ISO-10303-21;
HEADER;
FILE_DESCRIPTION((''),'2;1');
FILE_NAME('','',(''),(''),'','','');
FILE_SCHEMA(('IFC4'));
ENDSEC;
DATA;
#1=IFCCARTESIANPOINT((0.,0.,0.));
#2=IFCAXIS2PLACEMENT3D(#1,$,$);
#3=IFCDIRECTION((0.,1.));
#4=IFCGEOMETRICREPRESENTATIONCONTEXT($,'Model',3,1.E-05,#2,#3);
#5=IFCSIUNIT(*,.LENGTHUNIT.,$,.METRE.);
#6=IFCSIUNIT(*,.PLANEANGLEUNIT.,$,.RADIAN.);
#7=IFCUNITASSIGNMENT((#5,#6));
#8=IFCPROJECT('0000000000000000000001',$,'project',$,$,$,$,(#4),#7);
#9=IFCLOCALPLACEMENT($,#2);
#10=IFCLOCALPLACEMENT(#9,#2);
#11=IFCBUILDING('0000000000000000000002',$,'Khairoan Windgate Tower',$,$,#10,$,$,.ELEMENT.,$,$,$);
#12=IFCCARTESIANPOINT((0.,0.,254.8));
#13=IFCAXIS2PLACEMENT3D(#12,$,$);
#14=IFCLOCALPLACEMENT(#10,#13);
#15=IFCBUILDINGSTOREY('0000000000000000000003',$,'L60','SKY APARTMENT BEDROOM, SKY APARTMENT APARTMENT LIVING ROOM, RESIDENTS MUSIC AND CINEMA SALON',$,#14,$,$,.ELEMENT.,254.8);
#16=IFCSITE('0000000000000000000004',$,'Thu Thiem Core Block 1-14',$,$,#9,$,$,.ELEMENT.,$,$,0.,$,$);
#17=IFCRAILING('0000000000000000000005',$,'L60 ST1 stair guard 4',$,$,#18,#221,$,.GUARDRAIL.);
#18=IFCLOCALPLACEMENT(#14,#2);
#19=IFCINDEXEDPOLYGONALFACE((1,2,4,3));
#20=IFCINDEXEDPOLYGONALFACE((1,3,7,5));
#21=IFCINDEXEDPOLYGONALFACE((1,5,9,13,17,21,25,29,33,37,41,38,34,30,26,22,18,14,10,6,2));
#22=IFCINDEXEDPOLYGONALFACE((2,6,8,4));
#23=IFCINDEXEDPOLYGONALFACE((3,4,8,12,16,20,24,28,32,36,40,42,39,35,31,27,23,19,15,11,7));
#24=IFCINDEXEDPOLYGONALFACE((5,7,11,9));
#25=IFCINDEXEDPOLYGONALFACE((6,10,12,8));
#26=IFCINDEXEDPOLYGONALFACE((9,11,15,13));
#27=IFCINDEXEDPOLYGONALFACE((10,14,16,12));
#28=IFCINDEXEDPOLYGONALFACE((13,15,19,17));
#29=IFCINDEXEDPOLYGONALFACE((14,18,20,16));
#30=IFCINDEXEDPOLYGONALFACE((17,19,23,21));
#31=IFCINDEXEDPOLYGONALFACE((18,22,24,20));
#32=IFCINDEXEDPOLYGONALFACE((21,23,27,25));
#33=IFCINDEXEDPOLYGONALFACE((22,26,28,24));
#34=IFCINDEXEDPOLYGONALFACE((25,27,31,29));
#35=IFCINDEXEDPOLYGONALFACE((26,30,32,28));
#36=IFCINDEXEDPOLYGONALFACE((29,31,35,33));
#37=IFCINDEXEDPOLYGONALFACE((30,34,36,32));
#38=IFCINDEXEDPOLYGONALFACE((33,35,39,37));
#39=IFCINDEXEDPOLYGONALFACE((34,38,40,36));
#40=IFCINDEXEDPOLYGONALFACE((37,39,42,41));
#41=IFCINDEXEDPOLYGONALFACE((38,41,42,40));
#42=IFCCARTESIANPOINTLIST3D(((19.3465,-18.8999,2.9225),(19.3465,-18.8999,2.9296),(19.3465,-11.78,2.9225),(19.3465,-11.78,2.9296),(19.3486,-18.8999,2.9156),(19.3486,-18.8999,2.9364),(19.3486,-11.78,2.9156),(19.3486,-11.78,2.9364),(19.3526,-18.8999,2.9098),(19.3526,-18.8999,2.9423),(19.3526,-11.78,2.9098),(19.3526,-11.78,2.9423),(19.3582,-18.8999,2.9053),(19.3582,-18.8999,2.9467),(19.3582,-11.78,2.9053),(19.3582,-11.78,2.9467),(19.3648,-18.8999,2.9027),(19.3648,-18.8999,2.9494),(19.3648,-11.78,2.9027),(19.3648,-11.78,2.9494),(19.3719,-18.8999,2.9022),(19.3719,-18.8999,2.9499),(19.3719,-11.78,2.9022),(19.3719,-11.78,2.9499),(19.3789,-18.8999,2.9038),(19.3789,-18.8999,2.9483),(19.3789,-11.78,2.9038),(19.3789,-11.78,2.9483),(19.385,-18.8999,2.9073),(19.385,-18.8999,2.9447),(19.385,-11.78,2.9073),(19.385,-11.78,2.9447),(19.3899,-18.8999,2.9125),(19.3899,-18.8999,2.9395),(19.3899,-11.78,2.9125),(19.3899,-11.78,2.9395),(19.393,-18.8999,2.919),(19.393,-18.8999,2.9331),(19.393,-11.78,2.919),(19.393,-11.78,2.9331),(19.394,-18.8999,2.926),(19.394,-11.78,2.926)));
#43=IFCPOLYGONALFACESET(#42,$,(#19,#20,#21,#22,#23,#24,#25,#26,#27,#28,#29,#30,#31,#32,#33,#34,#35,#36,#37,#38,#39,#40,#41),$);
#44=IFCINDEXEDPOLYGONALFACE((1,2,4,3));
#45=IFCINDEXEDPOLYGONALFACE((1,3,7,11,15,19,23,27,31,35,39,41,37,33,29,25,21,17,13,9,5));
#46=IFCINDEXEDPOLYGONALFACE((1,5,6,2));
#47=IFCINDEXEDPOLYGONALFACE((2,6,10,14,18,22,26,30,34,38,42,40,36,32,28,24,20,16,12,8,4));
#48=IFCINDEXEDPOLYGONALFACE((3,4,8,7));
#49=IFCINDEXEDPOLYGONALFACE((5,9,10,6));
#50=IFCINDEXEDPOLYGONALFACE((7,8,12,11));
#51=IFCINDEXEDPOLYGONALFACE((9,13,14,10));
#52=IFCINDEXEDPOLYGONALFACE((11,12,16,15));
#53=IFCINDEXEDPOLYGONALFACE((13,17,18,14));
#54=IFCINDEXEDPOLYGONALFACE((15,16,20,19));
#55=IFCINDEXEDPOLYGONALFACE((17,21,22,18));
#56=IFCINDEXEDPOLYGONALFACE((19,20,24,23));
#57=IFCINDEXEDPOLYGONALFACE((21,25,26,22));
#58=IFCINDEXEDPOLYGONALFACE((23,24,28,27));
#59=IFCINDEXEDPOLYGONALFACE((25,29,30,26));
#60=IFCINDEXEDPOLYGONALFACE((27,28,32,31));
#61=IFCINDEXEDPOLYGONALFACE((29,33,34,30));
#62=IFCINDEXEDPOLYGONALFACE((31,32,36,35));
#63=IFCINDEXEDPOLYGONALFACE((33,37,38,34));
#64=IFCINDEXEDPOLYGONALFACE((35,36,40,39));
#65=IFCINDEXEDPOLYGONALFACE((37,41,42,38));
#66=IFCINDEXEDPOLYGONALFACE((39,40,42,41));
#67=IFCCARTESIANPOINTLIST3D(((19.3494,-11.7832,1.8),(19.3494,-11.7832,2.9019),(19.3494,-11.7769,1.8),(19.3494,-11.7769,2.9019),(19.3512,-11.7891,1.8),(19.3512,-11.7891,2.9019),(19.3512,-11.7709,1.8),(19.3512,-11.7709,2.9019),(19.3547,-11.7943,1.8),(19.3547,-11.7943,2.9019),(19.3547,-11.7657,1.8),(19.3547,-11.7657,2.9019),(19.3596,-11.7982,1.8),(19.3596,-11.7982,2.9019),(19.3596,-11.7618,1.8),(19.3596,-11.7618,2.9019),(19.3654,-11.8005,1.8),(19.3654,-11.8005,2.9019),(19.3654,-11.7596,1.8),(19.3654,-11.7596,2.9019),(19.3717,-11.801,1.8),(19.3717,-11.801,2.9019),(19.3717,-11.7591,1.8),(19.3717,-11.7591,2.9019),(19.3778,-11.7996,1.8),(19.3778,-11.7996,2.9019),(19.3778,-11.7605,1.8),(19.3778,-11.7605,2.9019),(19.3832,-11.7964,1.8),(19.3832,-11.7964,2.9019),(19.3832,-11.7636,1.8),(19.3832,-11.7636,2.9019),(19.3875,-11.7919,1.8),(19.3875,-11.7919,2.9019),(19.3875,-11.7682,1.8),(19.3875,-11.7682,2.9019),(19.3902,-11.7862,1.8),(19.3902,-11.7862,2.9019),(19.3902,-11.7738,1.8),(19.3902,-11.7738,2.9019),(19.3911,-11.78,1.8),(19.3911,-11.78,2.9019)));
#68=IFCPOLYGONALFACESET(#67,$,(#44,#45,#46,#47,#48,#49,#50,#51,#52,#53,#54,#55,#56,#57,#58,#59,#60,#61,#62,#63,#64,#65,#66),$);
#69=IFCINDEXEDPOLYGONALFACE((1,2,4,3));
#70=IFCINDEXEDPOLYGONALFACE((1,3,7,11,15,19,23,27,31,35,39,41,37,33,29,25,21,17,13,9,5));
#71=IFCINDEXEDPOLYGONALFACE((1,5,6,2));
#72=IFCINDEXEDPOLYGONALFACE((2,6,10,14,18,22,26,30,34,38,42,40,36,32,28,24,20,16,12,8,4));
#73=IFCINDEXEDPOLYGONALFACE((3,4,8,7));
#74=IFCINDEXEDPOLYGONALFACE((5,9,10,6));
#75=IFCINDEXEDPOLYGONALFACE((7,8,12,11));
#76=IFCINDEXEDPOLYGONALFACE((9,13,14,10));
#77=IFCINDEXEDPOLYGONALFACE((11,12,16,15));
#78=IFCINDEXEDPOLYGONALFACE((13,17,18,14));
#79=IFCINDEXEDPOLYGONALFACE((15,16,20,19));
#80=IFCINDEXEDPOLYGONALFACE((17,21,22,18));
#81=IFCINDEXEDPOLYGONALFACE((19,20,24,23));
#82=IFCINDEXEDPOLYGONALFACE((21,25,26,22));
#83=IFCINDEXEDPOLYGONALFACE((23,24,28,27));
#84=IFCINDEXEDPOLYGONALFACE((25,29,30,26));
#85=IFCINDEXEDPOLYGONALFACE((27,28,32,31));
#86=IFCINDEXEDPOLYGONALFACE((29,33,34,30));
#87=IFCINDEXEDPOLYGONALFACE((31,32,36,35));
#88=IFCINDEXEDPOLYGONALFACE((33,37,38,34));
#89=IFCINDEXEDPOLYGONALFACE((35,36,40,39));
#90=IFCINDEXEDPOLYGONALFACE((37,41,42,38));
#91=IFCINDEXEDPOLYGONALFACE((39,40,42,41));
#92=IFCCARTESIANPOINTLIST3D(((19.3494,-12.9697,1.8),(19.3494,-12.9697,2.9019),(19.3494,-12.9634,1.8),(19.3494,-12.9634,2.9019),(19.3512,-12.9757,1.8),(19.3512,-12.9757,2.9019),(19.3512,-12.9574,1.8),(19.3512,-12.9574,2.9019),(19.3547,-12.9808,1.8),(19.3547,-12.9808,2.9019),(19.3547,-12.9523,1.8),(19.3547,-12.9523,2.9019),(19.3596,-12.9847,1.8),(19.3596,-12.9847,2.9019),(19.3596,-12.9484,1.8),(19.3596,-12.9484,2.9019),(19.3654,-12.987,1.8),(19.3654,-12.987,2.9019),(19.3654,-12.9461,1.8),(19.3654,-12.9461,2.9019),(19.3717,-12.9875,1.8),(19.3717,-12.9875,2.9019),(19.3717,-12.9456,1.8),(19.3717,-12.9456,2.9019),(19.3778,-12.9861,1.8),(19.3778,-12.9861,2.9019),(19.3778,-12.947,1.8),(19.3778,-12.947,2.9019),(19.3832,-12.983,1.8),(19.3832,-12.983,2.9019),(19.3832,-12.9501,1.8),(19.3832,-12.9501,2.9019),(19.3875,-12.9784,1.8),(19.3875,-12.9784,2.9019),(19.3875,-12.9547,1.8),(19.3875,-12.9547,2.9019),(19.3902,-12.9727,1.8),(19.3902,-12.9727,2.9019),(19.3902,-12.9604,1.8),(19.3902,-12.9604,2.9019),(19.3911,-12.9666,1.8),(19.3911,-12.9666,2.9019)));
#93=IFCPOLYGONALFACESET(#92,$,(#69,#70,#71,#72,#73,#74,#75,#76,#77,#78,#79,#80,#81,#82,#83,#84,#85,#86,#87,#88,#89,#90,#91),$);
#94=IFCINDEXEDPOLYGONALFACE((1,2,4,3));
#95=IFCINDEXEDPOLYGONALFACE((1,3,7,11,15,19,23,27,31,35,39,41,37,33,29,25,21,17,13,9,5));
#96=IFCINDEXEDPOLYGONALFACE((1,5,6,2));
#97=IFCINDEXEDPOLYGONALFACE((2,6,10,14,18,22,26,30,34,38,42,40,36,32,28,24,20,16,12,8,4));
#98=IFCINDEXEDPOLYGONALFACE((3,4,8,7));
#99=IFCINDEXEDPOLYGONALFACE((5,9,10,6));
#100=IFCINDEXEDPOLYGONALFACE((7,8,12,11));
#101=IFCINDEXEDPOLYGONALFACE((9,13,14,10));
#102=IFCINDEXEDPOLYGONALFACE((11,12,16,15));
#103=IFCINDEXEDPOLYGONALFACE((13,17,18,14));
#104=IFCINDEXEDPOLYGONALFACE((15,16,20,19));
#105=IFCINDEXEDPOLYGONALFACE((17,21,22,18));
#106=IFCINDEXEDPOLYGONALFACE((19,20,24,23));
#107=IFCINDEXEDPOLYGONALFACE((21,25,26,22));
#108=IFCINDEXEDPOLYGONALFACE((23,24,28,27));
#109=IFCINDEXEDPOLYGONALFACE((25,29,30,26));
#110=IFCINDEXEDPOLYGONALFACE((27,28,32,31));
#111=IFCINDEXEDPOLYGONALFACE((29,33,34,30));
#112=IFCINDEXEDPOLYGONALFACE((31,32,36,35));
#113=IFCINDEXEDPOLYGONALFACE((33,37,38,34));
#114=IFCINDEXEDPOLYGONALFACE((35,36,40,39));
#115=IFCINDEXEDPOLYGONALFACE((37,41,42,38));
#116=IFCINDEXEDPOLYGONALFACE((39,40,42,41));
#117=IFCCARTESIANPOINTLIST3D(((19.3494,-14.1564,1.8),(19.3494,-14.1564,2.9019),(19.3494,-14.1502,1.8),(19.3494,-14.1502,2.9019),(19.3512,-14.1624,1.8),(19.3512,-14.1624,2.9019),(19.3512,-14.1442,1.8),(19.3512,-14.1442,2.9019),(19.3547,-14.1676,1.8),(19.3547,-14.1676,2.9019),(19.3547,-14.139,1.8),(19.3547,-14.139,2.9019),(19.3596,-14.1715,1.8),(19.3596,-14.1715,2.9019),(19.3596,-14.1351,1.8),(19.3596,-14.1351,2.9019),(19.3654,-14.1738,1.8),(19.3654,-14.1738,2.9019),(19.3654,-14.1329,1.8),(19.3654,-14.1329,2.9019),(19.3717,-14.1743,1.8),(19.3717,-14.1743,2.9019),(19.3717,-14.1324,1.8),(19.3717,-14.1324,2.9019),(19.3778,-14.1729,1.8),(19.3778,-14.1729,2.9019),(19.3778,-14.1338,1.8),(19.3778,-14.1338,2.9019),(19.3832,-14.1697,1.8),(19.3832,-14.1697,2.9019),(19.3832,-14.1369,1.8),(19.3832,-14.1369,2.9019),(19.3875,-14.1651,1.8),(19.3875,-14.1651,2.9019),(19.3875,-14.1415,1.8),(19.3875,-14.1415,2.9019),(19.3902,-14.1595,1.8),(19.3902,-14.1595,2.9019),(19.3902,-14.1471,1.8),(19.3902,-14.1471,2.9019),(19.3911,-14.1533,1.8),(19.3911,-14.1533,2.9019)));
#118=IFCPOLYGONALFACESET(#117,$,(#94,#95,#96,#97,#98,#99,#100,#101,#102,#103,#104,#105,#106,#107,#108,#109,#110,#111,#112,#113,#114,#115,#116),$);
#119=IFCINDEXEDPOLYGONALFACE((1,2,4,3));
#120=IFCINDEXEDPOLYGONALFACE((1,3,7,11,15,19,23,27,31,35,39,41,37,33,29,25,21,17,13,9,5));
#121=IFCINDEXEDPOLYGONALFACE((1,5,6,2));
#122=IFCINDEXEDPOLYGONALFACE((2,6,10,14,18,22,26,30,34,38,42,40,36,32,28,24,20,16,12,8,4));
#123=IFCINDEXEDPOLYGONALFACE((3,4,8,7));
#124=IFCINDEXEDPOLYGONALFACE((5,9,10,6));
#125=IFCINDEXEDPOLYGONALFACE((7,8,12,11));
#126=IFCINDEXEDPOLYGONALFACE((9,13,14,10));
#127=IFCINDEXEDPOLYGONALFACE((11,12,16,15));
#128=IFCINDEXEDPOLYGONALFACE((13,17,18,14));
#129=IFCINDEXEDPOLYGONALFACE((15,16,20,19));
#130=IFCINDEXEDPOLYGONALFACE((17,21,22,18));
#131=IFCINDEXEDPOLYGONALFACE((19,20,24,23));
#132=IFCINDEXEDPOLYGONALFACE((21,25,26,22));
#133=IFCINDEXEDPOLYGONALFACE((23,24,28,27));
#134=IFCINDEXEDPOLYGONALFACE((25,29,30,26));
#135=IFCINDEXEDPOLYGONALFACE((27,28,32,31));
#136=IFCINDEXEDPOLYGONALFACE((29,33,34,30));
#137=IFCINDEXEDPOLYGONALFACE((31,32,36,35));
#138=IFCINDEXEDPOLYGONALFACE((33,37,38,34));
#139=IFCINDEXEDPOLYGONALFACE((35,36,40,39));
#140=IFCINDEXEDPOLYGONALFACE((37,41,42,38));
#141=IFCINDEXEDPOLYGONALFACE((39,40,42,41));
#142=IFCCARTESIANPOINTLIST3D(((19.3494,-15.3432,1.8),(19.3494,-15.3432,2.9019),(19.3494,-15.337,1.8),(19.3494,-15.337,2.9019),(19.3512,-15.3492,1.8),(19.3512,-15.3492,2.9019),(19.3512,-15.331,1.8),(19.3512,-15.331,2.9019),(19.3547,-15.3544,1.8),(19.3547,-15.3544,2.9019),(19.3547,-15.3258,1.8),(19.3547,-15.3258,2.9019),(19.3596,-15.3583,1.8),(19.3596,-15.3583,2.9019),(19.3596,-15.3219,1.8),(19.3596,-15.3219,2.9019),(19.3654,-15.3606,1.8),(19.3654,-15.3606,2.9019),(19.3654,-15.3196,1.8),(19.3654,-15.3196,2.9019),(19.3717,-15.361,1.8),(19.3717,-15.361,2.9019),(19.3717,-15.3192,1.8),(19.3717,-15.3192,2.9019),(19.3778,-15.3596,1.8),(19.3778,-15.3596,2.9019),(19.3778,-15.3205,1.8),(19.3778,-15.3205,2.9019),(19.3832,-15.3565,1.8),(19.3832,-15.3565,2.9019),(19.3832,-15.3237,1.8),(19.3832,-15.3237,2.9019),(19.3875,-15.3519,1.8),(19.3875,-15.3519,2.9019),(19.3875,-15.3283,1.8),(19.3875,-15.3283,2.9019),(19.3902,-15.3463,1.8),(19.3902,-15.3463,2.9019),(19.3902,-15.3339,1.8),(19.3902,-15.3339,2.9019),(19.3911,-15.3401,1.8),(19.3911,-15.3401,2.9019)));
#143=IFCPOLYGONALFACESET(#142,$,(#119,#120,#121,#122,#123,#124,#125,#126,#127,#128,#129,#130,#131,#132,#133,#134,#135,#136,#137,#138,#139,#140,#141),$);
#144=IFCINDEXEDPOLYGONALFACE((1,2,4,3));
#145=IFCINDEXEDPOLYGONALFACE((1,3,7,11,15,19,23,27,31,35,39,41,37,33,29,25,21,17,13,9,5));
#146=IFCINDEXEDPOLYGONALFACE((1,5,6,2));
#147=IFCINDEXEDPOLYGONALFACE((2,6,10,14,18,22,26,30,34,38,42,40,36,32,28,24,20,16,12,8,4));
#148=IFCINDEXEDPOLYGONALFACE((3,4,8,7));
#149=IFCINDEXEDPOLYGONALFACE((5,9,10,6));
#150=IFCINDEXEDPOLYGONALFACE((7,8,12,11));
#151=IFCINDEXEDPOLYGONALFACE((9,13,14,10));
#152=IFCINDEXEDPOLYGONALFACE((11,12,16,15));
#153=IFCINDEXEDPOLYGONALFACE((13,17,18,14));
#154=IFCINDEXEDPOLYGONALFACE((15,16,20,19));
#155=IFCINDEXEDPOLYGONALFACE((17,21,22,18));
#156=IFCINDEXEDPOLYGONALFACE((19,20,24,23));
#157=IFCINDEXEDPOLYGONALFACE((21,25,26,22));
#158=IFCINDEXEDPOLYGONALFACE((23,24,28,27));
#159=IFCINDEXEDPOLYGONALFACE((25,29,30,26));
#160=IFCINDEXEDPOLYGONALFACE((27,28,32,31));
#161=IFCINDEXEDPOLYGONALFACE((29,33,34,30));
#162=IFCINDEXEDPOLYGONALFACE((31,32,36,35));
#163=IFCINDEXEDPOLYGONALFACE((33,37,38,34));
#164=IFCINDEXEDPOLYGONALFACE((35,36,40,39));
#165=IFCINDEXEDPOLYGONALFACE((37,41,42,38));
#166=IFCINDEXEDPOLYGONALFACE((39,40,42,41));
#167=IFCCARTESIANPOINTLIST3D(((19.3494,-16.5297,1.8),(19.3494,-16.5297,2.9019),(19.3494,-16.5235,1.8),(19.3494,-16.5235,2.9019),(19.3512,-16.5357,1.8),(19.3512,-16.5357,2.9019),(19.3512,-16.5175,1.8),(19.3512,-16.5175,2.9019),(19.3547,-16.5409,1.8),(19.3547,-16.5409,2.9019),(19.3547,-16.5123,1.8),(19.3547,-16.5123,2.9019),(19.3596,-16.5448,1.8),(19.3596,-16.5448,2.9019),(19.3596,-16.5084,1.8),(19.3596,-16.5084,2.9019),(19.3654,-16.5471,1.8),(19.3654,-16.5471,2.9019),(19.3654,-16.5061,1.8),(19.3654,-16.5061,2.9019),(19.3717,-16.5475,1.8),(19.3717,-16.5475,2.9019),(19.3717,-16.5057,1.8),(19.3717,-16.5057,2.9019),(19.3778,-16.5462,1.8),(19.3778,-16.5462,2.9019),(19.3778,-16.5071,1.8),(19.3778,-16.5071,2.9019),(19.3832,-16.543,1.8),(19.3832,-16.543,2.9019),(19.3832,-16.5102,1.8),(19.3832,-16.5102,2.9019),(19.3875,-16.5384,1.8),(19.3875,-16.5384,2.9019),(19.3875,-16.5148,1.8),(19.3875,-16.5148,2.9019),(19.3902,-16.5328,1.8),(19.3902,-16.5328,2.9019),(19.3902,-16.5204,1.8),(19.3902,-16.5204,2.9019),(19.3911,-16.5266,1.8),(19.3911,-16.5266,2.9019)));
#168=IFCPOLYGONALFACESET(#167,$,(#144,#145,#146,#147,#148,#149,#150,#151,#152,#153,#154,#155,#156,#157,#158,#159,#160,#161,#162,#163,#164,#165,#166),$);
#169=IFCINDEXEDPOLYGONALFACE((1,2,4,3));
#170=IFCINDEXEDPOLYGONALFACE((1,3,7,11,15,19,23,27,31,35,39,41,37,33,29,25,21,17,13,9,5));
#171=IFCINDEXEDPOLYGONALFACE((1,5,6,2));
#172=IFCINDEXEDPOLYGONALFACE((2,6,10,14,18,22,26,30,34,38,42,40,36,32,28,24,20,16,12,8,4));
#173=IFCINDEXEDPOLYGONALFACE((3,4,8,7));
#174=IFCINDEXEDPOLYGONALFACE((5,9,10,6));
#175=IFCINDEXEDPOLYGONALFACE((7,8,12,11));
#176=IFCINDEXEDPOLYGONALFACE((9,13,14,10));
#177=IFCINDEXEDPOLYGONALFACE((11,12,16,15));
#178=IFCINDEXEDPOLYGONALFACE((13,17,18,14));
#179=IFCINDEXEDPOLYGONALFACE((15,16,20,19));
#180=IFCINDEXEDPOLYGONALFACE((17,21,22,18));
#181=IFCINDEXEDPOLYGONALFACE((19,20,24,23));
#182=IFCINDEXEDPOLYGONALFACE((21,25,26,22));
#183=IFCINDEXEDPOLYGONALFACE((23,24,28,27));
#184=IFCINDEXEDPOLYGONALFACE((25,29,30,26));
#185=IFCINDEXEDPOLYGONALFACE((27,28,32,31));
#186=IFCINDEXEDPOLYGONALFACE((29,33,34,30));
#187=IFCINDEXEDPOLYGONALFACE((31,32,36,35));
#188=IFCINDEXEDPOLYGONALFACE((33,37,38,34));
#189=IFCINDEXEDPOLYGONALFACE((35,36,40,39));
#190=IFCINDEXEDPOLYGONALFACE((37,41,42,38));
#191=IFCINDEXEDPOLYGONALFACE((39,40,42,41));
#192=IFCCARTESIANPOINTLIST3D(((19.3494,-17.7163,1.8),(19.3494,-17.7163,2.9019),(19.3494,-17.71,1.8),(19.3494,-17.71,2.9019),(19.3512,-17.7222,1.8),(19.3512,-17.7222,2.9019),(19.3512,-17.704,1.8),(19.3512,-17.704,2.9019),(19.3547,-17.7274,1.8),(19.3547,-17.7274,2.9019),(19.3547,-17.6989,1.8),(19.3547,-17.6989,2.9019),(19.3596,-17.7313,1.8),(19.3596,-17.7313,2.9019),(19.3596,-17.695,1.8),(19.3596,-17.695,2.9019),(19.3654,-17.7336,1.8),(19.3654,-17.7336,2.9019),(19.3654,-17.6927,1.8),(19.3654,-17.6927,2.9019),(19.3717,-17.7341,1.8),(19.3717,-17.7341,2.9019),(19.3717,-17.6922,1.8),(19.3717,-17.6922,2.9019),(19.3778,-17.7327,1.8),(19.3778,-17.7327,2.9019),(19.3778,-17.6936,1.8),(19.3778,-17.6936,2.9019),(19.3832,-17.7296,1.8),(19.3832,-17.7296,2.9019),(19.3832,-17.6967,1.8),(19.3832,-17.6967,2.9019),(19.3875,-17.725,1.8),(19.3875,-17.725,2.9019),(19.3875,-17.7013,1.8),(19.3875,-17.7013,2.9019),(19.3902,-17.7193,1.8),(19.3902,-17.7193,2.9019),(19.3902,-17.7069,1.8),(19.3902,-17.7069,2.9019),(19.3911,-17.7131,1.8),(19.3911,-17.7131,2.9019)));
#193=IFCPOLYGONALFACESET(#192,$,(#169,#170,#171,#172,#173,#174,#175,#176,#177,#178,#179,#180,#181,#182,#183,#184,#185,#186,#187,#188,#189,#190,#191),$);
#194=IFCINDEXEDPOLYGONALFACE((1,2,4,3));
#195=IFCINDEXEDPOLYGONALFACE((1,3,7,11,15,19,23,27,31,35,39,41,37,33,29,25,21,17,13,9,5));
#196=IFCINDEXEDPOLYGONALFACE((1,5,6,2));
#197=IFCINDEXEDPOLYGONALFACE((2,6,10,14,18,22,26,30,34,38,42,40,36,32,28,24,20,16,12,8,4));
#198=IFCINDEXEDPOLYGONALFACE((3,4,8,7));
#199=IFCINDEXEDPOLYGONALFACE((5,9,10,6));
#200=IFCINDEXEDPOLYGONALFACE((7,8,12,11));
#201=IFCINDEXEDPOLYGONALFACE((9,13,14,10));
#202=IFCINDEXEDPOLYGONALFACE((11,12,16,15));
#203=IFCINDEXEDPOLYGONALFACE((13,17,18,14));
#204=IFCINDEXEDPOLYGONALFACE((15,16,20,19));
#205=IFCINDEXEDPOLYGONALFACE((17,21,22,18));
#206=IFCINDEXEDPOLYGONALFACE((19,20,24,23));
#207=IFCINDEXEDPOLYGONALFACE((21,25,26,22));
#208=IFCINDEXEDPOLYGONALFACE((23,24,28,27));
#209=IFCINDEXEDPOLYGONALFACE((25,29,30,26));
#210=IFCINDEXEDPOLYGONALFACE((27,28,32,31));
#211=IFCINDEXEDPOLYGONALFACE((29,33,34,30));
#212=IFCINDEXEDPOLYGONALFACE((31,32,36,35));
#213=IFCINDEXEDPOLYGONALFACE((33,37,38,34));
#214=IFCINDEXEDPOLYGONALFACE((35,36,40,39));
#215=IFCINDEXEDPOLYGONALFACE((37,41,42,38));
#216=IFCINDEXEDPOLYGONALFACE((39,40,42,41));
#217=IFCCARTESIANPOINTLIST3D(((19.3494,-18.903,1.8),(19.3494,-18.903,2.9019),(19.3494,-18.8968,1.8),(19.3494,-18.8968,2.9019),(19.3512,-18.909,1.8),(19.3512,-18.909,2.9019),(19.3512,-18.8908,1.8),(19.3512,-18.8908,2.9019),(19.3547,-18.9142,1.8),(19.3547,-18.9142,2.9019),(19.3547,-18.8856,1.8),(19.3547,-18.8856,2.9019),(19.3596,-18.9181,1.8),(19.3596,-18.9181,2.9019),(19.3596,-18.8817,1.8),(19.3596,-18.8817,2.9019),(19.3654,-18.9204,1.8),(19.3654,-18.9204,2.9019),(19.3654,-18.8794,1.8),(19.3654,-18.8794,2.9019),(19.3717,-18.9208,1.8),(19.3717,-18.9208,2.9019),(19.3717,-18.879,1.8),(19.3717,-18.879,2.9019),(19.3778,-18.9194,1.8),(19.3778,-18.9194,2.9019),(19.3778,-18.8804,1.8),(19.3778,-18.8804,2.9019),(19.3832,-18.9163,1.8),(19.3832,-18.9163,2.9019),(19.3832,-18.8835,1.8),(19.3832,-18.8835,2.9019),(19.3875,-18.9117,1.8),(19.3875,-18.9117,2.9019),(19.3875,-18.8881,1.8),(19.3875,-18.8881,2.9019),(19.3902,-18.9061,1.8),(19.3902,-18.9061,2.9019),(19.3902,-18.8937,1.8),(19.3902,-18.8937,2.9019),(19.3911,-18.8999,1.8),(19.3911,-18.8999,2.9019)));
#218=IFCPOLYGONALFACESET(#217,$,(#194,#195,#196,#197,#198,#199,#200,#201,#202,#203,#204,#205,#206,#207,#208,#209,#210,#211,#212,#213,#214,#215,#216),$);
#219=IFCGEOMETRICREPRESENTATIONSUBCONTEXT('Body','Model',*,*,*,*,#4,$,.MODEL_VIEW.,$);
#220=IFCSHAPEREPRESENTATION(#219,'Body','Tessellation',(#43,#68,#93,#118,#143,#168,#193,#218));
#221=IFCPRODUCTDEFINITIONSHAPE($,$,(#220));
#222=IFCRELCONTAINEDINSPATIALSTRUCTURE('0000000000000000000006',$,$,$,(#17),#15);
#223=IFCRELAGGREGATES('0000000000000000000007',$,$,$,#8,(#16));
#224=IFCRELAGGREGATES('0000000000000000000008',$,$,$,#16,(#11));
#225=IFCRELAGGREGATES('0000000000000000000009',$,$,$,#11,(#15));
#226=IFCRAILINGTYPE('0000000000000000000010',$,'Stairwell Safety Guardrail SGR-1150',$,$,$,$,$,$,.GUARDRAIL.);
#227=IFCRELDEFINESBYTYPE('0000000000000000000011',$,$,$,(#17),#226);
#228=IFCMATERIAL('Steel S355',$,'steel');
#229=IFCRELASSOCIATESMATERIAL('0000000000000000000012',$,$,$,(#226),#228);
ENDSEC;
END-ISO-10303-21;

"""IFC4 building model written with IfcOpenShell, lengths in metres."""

from ifc_helpers import new_model, si_unit, direction, frame, origin, origin_2d, place, context, subcontext, project, spatial, circle, extrude, material, type_object, element, save


model = new_model("IFC4")

# Units and contexts
model_context = context("Model", 3, precision=1e-05, world=origin(), true_north=direction((0.0, 1.0)))
body_context = subcontext(model_context, "Body", "Model", "MODEL_VIEW")
ifc_project = project(units=[si_unit("LENGTHUNIT", "METRE"), si_unit("PLANEANGLEUNIT", "RADIAN")], contexts=[model_context])

# Site, building, storey
site_placement = place(None, origin())
site = spatial("IfcSite", under=ifc_project, at=site_placement, Name="Thu Thiem Core Block 1-14", CompositionType="ELEMENT", RefElevation=0.0)
building_placement = place(site_placement, origin())
building = spatial("IfcBuilding", under=site, at=building_placement, Name="Khairoan Windgate Tower", CompositionType="ELEMENT")
storey_placement = place(building_placement, frame((0.0, 0.0, 254.8)))
storey = spatial("IfcBuildingStorey", under=building, at=storey_placement, Name="L60", Description="SKY APARTMENT BEDROOM, SKY APARTMENT APARTMENT LIVING ROOM, RESIDENTS MUSIC AND CINEMA SALON", CompositionType="ELEMENT", Elevation=254.8)

# Railing
ifc_material_1 = material(Name="Steel S355", Category="steel")
railing_type_1 = type_object("IfcRailingType", Name="Stairwell Safety Guardrail SGR-1150", PredefinedType="GUARDRAIL", material=ifc_material_1)
railing_1_placement = place(storey_placement, frame((19.3701, -11.78, 1.8)))
element("IfcRailing", 1, at=railing_1_placement, inside=storey, type_object=railing_type_1, Name="L60 ST1 stair guard 4", PredefinedType="GUARDRAIL", context=body_context, shape_type="SweptSolid", body=[
    extrude(circle(Radius=0.0239, at=origin_2d()), frame((0.0, 0.0, 1.126), z_axis=(0.0, -1.0, 0.0), x_axis=(1.0, 0.0, 0.0)), (0.0, 0.0, 1.0), 7.1199),
    extrude(circle(Radius=0.021, at=origin_2d()), origin(), (0.0, 0.0, 1.0), 1.1018),
    extrude(circle(Radius=0.021, at=origin_2d()), frame((0.0, -1.1865, 0.0)), (0.0, 0.0, 1.0), 1.1018),
    extrude(circle(Radius=0.021, at=origin_2d()), frame((0.0, -2.3733, 0.0)), (0.0, 0.0, 1.0), 1.1018),
    extrude(circle(Radius=0.021, at=origin_2d()), frame((0.0, -3.5601, 0.0)), (0.0, 0.0, 1.0), 1.1018),
    extrude(circle(Radius=0.021, at=origin_2d()), frame((0.0, -4.7466, 0.0)), (0.0, 0.0, 1.0), 1.1018),
    extrude(circle(Radius=0.021, at=origin_2d()), frame((0.0, -5.9331, 0.0)), (0.0, 0.0, 1.0), 1.1018),
    extrude(circle(Radius=0.021, at=origin_2d()), frame((0.0, -7.1199, 0.0)), (0.0, 0.0, 1.0), 1.1018),
])

save(model, "model.ifc")
